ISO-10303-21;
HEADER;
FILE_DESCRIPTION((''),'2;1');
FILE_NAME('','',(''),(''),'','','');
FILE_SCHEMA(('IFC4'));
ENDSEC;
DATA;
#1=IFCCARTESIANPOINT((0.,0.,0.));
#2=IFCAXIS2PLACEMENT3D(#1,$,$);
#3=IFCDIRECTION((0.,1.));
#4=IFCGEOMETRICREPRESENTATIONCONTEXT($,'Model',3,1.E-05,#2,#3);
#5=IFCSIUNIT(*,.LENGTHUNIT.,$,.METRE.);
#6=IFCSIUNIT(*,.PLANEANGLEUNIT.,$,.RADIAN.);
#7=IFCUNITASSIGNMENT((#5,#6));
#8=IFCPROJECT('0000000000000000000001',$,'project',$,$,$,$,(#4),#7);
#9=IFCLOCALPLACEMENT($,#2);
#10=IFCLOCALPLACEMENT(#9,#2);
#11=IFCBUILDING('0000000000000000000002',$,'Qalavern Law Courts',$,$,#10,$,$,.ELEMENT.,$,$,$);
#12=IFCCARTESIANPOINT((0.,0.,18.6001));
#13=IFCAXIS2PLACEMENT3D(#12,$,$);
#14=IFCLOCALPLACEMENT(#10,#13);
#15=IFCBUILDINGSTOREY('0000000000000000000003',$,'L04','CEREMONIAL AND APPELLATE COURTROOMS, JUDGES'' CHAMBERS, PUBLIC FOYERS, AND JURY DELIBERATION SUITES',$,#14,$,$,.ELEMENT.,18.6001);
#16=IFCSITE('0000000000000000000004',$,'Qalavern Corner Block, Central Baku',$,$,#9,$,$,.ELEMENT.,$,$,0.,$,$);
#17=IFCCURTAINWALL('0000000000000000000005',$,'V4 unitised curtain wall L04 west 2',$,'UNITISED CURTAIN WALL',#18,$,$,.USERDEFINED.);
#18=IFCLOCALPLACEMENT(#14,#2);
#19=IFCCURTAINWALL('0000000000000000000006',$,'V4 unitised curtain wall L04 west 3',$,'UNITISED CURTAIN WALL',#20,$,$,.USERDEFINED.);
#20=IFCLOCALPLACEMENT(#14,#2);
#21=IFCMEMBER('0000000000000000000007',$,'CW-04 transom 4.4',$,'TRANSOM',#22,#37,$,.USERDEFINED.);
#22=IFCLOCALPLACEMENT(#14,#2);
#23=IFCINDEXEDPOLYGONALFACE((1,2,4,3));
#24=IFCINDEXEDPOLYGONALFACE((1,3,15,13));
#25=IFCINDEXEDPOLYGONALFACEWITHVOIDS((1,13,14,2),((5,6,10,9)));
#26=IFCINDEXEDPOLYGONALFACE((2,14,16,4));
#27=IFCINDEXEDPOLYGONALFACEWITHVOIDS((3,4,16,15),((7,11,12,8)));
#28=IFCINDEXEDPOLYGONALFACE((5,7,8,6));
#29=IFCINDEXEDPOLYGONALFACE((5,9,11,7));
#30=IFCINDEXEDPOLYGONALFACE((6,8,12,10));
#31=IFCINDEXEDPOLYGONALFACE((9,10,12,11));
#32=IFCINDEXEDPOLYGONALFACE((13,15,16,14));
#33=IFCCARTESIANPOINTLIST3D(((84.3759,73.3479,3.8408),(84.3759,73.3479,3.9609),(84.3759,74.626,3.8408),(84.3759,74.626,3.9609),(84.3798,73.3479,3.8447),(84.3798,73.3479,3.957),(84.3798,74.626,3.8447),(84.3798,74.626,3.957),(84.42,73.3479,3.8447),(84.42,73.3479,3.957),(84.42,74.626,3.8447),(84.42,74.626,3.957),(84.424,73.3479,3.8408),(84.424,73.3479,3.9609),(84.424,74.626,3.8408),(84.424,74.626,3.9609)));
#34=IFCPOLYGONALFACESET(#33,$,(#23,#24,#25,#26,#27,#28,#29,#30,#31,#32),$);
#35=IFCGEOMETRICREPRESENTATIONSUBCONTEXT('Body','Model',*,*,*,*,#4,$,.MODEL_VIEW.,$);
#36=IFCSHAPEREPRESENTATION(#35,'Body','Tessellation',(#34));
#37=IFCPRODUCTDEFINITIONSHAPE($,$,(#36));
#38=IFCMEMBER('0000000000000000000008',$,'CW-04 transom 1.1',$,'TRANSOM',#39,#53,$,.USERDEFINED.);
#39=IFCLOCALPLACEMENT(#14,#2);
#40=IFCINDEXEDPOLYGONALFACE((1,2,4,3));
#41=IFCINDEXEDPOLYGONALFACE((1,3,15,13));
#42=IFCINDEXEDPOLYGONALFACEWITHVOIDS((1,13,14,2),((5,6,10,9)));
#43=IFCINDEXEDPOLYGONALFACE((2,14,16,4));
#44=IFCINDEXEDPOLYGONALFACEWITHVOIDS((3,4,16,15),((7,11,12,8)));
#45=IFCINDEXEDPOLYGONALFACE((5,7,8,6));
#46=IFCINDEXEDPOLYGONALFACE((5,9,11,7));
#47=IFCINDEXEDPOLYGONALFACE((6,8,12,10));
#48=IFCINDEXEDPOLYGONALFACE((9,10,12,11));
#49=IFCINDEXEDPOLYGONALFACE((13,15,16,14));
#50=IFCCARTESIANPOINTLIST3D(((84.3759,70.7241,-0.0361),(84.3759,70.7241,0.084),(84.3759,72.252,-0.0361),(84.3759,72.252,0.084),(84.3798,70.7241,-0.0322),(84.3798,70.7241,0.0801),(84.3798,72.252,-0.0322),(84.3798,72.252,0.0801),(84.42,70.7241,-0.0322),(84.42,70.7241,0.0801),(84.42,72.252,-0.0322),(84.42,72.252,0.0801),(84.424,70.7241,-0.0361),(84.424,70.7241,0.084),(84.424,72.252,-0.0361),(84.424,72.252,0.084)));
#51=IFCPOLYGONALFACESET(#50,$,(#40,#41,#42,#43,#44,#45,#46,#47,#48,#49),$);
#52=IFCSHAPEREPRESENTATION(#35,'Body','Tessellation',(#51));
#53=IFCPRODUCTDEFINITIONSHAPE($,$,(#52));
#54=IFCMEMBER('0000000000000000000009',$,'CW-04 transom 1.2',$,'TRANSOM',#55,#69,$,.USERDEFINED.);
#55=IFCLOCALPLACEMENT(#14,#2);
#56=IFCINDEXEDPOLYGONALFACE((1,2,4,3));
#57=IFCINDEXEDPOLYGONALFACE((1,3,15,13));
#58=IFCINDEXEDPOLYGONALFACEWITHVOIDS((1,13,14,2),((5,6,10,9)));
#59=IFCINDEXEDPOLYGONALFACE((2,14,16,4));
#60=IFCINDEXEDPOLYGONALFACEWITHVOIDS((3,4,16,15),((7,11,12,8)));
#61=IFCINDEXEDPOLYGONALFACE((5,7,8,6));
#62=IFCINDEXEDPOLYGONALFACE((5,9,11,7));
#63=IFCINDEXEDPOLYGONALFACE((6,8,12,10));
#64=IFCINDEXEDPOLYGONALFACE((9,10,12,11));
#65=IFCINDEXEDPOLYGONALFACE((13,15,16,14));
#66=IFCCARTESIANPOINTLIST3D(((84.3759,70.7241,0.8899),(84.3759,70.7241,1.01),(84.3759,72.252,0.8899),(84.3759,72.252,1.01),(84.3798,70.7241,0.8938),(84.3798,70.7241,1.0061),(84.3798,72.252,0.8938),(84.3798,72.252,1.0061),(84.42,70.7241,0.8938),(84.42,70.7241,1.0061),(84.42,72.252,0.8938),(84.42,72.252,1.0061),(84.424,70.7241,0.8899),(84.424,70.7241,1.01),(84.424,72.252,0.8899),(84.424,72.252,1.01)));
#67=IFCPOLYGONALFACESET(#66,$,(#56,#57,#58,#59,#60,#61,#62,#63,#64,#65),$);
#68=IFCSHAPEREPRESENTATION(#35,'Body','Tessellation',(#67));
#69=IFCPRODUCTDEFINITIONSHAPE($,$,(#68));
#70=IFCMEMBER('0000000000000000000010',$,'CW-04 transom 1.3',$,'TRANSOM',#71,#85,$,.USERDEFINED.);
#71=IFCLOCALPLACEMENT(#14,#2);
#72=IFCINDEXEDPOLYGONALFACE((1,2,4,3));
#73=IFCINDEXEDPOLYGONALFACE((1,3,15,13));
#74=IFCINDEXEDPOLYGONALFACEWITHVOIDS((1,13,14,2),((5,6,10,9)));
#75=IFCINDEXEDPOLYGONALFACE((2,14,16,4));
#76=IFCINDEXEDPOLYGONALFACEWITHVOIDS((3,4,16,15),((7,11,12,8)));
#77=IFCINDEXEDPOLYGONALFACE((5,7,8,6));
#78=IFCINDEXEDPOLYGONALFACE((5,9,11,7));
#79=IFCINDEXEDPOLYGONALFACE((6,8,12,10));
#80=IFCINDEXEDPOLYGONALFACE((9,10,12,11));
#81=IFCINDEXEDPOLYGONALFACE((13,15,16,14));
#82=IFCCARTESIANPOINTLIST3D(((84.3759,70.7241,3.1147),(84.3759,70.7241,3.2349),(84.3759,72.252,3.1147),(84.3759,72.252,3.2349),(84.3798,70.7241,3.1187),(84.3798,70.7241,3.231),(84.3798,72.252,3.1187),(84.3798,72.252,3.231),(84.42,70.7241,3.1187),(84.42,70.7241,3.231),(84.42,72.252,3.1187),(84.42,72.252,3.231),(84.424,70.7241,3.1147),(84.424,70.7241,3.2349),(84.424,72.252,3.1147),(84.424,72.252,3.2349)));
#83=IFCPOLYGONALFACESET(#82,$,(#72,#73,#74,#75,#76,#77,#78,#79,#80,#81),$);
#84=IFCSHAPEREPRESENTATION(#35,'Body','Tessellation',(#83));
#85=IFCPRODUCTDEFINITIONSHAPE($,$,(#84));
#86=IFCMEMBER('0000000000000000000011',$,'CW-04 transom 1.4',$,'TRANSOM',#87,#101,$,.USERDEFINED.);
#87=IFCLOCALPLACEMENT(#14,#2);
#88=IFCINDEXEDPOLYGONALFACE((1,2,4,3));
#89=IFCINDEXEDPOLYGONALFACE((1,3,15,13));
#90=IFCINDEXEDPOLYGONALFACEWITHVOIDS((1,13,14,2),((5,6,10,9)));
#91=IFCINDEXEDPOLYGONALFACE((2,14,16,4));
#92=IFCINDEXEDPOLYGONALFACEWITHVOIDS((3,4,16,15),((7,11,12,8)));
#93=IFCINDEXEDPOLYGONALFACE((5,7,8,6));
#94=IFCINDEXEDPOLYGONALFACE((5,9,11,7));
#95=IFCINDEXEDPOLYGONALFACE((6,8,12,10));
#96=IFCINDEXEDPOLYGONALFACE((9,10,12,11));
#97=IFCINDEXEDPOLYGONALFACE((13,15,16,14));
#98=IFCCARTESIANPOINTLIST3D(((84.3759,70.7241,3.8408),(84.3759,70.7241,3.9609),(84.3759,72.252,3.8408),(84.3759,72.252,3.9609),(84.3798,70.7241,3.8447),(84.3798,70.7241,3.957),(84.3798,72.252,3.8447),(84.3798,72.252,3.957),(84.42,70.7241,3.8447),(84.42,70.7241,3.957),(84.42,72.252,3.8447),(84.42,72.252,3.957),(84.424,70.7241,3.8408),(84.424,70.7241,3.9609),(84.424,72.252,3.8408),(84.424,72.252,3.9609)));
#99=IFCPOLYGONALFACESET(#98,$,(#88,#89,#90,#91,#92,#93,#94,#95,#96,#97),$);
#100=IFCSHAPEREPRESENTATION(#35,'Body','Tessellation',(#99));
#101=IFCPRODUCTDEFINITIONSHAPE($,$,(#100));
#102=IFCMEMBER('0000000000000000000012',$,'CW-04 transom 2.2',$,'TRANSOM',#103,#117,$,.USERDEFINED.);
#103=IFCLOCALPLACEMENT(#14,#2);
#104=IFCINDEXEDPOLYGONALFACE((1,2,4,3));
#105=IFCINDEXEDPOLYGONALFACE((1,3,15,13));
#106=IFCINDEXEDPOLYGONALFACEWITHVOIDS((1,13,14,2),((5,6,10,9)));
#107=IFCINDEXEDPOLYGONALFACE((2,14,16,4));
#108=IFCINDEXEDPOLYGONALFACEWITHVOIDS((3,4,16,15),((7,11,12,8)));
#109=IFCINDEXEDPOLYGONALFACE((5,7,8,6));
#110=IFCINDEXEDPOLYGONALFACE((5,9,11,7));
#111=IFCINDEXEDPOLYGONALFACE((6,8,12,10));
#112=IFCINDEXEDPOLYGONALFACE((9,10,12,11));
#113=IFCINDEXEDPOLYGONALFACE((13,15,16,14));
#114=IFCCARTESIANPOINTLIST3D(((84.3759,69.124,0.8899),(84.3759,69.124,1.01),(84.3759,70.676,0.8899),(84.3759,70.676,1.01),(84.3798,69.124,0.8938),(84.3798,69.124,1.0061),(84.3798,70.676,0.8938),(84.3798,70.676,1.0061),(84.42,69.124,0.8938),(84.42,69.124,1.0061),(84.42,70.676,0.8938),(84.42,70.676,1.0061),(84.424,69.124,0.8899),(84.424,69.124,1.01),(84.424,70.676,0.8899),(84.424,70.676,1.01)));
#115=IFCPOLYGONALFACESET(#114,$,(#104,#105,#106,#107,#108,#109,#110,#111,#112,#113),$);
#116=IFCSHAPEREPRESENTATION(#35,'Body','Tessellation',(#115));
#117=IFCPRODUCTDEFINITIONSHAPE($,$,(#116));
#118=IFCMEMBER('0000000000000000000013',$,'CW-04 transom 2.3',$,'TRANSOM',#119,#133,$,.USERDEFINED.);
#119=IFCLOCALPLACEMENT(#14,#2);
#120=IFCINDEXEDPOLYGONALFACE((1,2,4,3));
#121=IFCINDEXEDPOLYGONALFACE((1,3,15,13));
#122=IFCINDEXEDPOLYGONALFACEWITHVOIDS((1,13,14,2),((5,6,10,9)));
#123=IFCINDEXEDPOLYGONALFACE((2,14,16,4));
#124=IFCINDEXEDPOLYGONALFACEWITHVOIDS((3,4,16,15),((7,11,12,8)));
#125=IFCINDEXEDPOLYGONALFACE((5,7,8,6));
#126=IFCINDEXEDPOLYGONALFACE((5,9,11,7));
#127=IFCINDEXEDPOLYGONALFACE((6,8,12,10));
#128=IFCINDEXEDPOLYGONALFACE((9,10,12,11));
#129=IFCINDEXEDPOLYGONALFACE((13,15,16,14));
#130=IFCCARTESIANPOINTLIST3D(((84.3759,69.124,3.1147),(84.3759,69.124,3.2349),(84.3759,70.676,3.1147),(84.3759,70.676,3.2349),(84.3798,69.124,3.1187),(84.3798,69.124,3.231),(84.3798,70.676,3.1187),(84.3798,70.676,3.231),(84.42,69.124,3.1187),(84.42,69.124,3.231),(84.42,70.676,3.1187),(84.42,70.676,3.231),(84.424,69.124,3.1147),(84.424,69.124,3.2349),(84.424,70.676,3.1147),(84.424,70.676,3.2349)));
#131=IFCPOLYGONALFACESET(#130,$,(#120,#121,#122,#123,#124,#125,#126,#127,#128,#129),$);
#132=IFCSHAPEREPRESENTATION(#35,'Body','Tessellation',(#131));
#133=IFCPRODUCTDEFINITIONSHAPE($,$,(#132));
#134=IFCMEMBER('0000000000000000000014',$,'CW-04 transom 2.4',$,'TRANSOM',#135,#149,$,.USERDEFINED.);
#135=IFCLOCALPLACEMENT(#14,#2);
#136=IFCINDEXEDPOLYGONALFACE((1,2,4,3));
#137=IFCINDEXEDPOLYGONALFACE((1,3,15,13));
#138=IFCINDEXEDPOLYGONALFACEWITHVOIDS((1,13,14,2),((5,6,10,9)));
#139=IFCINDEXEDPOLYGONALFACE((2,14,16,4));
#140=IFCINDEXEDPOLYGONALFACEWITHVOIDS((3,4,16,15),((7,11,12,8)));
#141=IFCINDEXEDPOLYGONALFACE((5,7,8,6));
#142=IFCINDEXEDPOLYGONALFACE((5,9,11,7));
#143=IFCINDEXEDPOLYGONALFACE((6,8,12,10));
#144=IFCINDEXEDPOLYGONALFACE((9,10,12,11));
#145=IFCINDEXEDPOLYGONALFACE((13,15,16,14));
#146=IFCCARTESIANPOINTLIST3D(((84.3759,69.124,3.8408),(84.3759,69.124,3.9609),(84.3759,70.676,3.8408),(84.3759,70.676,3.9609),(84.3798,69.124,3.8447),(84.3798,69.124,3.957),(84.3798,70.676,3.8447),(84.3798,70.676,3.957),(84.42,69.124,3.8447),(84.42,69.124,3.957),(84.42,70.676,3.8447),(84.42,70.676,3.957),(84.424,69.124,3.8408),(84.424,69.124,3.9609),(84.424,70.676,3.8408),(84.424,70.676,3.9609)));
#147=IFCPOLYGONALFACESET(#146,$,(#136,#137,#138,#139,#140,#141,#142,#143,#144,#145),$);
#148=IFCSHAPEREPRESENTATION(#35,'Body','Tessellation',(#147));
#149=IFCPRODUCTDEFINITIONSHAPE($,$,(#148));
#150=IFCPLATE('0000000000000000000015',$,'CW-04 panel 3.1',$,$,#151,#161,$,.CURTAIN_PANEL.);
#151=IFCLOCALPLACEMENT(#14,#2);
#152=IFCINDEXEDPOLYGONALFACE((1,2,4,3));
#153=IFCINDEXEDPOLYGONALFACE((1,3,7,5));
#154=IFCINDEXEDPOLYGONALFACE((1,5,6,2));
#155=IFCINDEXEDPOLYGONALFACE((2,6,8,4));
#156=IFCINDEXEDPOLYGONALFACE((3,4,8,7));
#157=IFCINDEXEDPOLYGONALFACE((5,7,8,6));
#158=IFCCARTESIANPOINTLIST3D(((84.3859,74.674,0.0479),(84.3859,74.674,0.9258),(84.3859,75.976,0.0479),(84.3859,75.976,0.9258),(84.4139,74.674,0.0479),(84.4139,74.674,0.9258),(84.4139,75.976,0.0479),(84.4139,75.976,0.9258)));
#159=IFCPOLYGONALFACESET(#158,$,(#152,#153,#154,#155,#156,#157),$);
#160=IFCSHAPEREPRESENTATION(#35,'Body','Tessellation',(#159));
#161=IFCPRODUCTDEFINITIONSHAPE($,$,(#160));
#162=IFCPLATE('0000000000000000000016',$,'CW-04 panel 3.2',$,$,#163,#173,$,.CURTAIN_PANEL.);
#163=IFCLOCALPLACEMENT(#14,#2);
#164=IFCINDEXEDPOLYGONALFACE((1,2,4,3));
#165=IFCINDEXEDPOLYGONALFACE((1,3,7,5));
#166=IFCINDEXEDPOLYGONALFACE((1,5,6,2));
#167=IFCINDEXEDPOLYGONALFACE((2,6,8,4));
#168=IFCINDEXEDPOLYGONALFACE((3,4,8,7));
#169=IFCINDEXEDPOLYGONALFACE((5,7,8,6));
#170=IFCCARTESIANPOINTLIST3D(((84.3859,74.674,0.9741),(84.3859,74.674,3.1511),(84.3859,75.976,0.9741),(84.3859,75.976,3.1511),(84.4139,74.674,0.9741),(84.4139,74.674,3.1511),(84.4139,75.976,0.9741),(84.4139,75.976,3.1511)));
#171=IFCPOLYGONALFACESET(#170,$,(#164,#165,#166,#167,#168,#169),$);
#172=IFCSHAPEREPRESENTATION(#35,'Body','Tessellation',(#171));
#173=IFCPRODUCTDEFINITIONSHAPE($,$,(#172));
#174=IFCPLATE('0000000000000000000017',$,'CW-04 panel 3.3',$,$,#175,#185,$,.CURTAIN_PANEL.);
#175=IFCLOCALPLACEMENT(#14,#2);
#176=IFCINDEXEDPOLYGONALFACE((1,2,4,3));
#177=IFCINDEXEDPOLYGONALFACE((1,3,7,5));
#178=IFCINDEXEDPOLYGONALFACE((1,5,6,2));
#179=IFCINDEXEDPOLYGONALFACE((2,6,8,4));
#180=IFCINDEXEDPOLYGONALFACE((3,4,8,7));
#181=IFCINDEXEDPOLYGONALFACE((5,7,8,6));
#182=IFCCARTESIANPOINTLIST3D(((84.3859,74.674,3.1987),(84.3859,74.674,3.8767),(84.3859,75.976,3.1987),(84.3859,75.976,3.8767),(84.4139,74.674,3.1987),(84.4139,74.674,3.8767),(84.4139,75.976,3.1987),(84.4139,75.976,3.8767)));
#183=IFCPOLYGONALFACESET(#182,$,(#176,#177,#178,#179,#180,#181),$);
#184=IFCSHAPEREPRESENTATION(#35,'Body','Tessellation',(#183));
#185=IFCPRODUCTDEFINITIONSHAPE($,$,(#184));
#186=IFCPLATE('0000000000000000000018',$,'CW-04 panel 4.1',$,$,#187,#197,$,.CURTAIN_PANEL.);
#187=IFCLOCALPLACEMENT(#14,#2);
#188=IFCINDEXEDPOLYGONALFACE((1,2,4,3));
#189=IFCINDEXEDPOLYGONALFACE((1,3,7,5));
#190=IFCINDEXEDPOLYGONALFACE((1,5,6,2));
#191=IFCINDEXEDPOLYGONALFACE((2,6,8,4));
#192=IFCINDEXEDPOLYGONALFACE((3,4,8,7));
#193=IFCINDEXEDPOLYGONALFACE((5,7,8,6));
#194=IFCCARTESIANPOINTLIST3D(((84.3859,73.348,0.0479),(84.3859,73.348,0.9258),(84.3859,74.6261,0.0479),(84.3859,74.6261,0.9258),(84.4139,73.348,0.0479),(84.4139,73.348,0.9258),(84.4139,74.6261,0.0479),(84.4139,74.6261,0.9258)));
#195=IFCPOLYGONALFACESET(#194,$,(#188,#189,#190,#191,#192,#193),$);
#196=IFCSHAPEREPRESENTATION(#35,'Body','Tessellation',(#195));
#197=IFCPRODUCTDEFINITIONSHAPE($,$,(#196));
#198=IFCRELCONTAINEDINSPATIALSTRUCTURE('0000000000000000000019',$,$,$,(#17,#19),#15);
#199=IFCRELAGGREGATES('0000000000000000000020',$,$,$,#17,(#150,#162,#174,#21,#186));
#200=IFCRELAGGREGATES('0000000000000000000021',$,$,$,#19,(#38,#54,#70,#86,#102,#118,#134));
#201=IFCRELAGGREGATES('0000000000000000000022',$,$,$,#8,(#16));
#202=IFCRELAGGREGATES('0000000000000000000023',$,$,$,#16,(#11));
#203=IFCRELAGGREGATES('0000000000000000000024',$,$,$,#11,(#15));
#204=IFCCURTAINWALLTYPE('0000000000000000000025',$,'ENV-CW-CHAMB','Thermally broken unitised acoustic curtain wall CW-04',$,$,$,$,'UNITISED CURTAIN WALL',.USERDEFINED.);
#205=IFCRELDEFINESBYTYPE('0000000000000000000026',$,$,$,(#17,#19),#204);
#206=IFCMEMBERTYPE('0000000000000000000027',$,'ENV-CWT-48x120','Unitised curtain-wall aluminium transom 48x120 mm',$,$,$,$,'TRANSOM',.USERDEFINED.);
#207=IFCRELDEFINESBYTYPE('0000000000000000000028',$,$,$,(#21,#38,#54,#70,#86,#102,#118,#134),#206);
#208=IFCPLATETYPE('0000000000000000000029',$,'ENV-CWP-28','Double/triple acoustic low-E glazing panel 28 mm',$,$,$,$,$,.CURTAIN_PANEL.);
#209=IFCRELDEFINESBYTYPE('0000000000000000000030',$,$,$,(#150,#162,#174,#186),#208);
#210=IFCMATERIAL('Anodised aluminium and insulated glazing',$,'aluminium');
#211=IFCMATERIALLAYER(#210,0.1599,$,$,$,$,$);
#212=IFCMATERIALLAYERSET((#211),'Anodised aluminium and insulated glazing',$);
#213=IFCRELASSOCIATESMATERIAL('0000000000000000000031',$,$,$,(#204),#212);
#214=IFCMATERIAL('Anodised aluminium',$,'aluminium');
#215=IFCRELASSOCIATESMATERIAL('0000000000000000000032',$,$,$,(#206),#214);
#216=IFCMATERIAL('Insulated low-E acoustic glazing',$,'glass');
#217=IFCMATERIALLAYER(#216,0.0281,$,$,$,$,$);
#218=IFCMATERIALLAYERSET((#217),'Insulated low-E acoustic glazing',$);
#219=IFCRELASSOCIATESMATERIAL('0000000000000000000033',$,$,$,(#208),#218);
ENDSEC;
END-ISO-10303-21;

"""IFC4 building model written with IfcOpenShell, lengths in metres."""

from ifc_helpers import new_model, si_unit, direction, frame, origin, origin_2d, place, context, subcontext, project, spatial, rectangle, hollow_rectangle, extrude, material, layer, layer_set, material_profile, profile_set, type_object, element, aggregate, save


model = new_model("IFC4")

# Units and contexts
model_context = context("Model", 3, precision=1e-05, world=origin(), true_north=direction((0.0, 1.0)))
body_context = subcontext(model_context, "Body", "Model", "MODEL_VIEW")
ifc_project = project(units=[si_unit("LENGTHUNIT", "METRE"), si_unit("PLANEANGLEUNIT", "RADIAN")], contexts=[model_context])

# Site, building, storey
site_placement = place(None, origin())
site = spatial("IfcSite", under=ifc_project, at=site_placement, Name="Qalavern Corner Block, Central Baku", CompositionType="ELEMENT", RefElevation=0.0)
building_placement = place(site_placement, origin())
building = spatial("IfcBuilding", under=site, at=building_placement, Name="Qalavern Law Courts", CompositionType="ELEMENT")
storey_placement = place(building_placement, frame((0.0, 0.0, 18.6001)))
storey = spatial("IfcBuildingStorey", under=building, at=storey_placement, Name="L04", Description="CEREMONIAL AND APPELLATE COURTROOMS, JUDGES' CHAMBERS, PUBLIC FOYERS, AND JURY DELIBERATION SUITES", CompositionType="ELEMENT", Elevation=18.6001)

# Curtain walls
ifc_material_1 = material(Name="Anodised aluminium and insulated glazing", Category="aluminium")
ifc_layer_1 = layer(ifc_material_1, 0.1599)
ifc_layer_set_1 = layer_set([ifc_layer_1], Name="Anodised aluminium and insulated glazing")
curtain_wall_type = type_object("IfcCurtainWallType", Name="ENV-CW-CHAMB", Description="Thermally broken unitised acoustic curtain wall CW-04", ElementType="UNITISED CURTAIN WALL", PredefinedType="USERDEFINED", material=ifc_layer_set_1)
curtain_wall_1_placement = place(storey_placement, origin())
curtain_wall_1 = element("IfcCurtainWall", 1, at=curtain_wall_1_placement, inside=storey, type_object=curtain_wall_type, Name="V4 unitised curtain wall L04 west 2", ObjectType="UNITISED CURTAIN WALL", PredefinedType="USERDEFINED")
ifc_material_2 = material(Name="Anodised aluminium", Category="aluminium")
curtain_wall_2_placement = place(storey_placement, origin())
curtain_wall_2 = element("IfcCurtainWall", 2, at=curtain_wall_2_placement, inside=storey, type_object=curtain_wall_type, Name="V4 unitised curtain wall L04 west 3", ObjectType="UNITISED CURTAIN WALL", PredefinedType="USERDEFINED")

# Members
ifc_material_profile_1 = material_profile(ifc_material_2, hollow_rectangle(XDim=0.0481, YDim=0.1201, WallThickness=0.0039, at=origin_2d()), Name="ALU TRANSOM 48x120")
ifc_profile_set_1 = profile_set([ifc_material_profile_1], Name="Anodised aluminium")
member_type_1 = type_object("IfcMemberType", Name="ENV-CWT-48x120", Description="Unitised curtain-wall aluminium transom 48x120 mm", ElementType="TRANSOM", PredefinedType="USERDEFINED", material=ifc_profile_set_1)
member_1_placement = place(storey_placement, frame((84.3999, 74.626, 3.9009), z_axis=(0.0, -1.0, 0.0), x_axis=(1.0, 0.0, 0.0)))
member_1 = element("IfcMember", 3, at=member_1_placement, type_object=member_type_1, Name="CW-04 transom 4.4", ObjectType="TRANSOM", PredefinedType="USERDEFINED", context=body_context, shape_type="SweptSolid", body=[
    extrude(hollow_rectangle(XDim=0.0481, YDim=0.1201, WallThickness=0.0039, at=origin_2d()), origin(), (0.0, 0.0, 1.0), 1.2781),
])
member_2_placement = place(storey_placement, frame((84.3999, 72.252, 0.0239), z_axis=(0.0, -1.0, 0.0), x_axis=(1.0, 0.0, 0.0)))
member_2 = element("IfcMember", 4, at=member_2_placement, type_object=member_type_1, Name="CW-04 transom 1.1", ObjectType="TRANSOM", PredefinedType="USERDEFINED", context=body_context, shape_type="SweptSolid", body=[
    extrude(hollow_rectangle(XDim=0.0481, YDim=0.1201, WallThickness=0.0039, at=origin_2d()), origin(), (0.0, 0.0, 1.0), 1.5278),
])
member_3_placement = place(storey_placement, frame((84.3999, 72.252, 0.95), z_axis=(0.0, -1.0, 0.0), x_axis=(1.0, 0.0, 0.0)))
member_3 = element("IfcMember", 5, at=member_3_placement, type_object=member_type_1, Name="CW-04 transom 1.2", ObjectType="TRANSOM", PredefinedType="USERDEFINED", context=body_context, shape_type="SweptSolid", body=[
    extrude(hollow_rectangle(XDim=0.0481, YDim=0.1201, WallThickness=0.0039, at=origin_2d()), origin(), (0.0, 0.0, 1.0), 1.5278),
])
member_4_placement = place(storey_placement, frame((84.3999, 72.252, 3.1748), z_axis=(0.0, -1.0, 0.0), x_axis=(1.0, 0.0, 0.0)))
member_4 = element("IfcMember", 6, at=member_4_placement, type_object=member_type_1, Name="CW-04 transom 1.3", ObjectType="TRANSOM", PredefinedType="USERDEFINED", context=body_context, shape_type="SweptSolid", body=[
    extrude(hollow_rectangle(XDim=0.0481, YDim=0.1201, WallThickness=0.0039, at=origin_2d()), origin(), (0.0, 0.0, 1.0), 1.5278),
])
member_5_placement = place(storey_placement, frame((84.3999, 72.252, 3.9009), z_axis=(0.0, -1.0, 0.0), x_axis=(1.0, 0.0, 0.0)))
member_5 = element("IfcMember", 7, at=member_5_placement, type_object=member_type_1, Name="CW-04 transom 1.4", ObjectType="TRANSOM", PredefinedType="USERDEFINED", context=body_context, shape_type="SweptSolid", body=[
    extrude(hollow_rectangle(XDim=0.0481, YDim=0.1201, WallThickness=0.0039, at=origin_2d()), origin(), (0.0, 0.0, 1.0), 1.5278),
])
member_6_placement = place(storey_placement, frame((84.3999, 70.676, 0.95), z_axis=(0.0, -1.0, 0.0), x_axis=(1.0, 0.0, 0.0)))
member_6 = element("IfcMember", 8, at=member_6_placement, type_object=member_type_1, Name="CW-04 transom 2.2", ObjectType="TRANSOM", PredefinedType="USERDEFINED", context=body_context, shape_type="SweptSolid", body=[
    extrude(hollow_rectangle(XDim=0.0481, YDim=0.1201, WallThickness=0.0039, at=origin_2d()), origin(), (0.0, 0.0, 1.0), 1.552),
])
member_7_placement = place(storey_placement, frame((84.3999, 70.676, 3.1748), z_axis=(0.0, -1.0, 0.0), x_axis=(1.0, 0.0, 0.0)))
member_7 = element("IfcMember", 9, at=member_7_placement, type_object=member_type_1, Name="CW-04 transom 2.3", ObjectType="TRANSOM", PredefinedType="USERDEFINED", context=body_context, shape_type="SweptSolid", body=[
    extrude(hollow_rectangle(XDim=0.0481, YDim=0.1201, WallThickness=0.0039, at=origin_2d()), origin(), (0.0, 0.0, 1.0), 1.552),
])
member_8_placement = place(storey_placement, frame((84.3999, 70.676, 3.9009), z_axis=(0.0, -1.0, 0.0), x_axis=(1.0, 0.0, 0.0)))
member_8 = element("IfcMember", 10, at=member_8_placement, type_object=member_type_1, Name="CW-04 transom 2.4", ObjectType="TRANSOM", PredefinedType="USERDEFINED", context=body_context, shape_type="SweptSolid", body=[
    extrude(hollow_rectangle(XDim=0.0481, YDim=0.1201, WallThickness=0.0039, at=origin_2d()), origin(), (0.0, 0.0, 1.0), 1.552),
])

# Plates
ifc_material_3 = material(Name="Insulated low-E acoustic glazing", Category="glass")
ifc_layer_2 = layer(ifc_material_3, 0.0281)
ifc_layer_set_2 = layer_set([ifc_layer_2], Name="Insulated low-E acoustic glazing")
plate_type_1 = type_object("IfcPlateType", Name="ENV-CWP-28", Description="Double/triple acoustic low-E glazing panel 28 mm", PredefinedType="CURTAIN_PANEL", material=ifc_layer_set_2)
plate_1_placement = place(storey_placement, frame((84.3999, 75.325, 0.0479), z_axis=(0.0, 0.0, 1.0), x_axis=(0.0, -1.0, 0.0)))
plate_1 = element("IfcPlate", 11, at=plate_1_placement, type_object=plate_type_1, Name="CW-04 panel 3.1", PredefinedType="CURTAIN_PANEL", context=body_context, shape_type="SweptSolid", body=[
    extrude(rectangle(XDim=1.302, YDim=0.0281, at=origin_2d()), origin(), (0.0, 0.0, 1.0), 0.8779),
])
plate_2_placement = place(storey_placement, frame((84.3999, 75.325, 0.9741), z_axis=(0.0, 0.0, 1.0), x_axis=(0.0, -1.0, 0.0)))
plate_2 = element("IfcPlate", 12, at=plate_2_placement, type_object=plate_type_1, Name="CW-04 panel 3.2", PredefinedType="CURTAIN_PANEL", context=body_context, shape_type="SweptSolid", body=[
    extrude(rectangle(XDim=1.302, YDim=0.0281, at=origin_2d()), origin(), (0.0, 0.0, 1.0), 2.177),
])
plate_3_placement = place(storey_placement, frame((84.3999, 75.325, 3.1987), z_axis=(0.0, 0.0, 1.0), x_axis=(0.0, -1.0, 0.0)))
plate_3 = element("IfcPlate", 13, at=plate_3_placement, type_object=plate_type_1, Name="CW-04 panel 3.3", PredefinedType="CURTAIN_PANEL", context=body_context, shape_type="SweptSolid", body=[
    extrude(rectangle(XDim=1.302, YDim=0.0281, at=origin_2d()), origin(), (0.0, 0.0, 1.0), 0.678),
])
plate_4_placement = place(storey_placement, frame((84.3999, 73.9871, 0.0479), z_axis=(0.0, 0.0, 1.0), x_axis=(0.0, -1.0, 0.0)))
plate_4 = element("IfcPlate", 14, at=plate_4_placement, type_object=plate_type_1, Name="CW-04 panel 4.1", PredefinedType="CURTAIN_PANEL", context=body_context, shape_type="SweptSolid", body=[
    extrude(rectangle(XDim=1.2781, YDim=0.0281, at=origin_2d()), origin(), (0.0, 0.0, 1.0), 0.8779),
])
aggregate(curtain_wall_1, [plate_1, plate_2, plate_3, member_1, plate_4])
aggregate(curtain_wall_2, [member_2, member_3, member_4, member_5, member_6, member_7, member_8])

save(model, "model.ifc")
